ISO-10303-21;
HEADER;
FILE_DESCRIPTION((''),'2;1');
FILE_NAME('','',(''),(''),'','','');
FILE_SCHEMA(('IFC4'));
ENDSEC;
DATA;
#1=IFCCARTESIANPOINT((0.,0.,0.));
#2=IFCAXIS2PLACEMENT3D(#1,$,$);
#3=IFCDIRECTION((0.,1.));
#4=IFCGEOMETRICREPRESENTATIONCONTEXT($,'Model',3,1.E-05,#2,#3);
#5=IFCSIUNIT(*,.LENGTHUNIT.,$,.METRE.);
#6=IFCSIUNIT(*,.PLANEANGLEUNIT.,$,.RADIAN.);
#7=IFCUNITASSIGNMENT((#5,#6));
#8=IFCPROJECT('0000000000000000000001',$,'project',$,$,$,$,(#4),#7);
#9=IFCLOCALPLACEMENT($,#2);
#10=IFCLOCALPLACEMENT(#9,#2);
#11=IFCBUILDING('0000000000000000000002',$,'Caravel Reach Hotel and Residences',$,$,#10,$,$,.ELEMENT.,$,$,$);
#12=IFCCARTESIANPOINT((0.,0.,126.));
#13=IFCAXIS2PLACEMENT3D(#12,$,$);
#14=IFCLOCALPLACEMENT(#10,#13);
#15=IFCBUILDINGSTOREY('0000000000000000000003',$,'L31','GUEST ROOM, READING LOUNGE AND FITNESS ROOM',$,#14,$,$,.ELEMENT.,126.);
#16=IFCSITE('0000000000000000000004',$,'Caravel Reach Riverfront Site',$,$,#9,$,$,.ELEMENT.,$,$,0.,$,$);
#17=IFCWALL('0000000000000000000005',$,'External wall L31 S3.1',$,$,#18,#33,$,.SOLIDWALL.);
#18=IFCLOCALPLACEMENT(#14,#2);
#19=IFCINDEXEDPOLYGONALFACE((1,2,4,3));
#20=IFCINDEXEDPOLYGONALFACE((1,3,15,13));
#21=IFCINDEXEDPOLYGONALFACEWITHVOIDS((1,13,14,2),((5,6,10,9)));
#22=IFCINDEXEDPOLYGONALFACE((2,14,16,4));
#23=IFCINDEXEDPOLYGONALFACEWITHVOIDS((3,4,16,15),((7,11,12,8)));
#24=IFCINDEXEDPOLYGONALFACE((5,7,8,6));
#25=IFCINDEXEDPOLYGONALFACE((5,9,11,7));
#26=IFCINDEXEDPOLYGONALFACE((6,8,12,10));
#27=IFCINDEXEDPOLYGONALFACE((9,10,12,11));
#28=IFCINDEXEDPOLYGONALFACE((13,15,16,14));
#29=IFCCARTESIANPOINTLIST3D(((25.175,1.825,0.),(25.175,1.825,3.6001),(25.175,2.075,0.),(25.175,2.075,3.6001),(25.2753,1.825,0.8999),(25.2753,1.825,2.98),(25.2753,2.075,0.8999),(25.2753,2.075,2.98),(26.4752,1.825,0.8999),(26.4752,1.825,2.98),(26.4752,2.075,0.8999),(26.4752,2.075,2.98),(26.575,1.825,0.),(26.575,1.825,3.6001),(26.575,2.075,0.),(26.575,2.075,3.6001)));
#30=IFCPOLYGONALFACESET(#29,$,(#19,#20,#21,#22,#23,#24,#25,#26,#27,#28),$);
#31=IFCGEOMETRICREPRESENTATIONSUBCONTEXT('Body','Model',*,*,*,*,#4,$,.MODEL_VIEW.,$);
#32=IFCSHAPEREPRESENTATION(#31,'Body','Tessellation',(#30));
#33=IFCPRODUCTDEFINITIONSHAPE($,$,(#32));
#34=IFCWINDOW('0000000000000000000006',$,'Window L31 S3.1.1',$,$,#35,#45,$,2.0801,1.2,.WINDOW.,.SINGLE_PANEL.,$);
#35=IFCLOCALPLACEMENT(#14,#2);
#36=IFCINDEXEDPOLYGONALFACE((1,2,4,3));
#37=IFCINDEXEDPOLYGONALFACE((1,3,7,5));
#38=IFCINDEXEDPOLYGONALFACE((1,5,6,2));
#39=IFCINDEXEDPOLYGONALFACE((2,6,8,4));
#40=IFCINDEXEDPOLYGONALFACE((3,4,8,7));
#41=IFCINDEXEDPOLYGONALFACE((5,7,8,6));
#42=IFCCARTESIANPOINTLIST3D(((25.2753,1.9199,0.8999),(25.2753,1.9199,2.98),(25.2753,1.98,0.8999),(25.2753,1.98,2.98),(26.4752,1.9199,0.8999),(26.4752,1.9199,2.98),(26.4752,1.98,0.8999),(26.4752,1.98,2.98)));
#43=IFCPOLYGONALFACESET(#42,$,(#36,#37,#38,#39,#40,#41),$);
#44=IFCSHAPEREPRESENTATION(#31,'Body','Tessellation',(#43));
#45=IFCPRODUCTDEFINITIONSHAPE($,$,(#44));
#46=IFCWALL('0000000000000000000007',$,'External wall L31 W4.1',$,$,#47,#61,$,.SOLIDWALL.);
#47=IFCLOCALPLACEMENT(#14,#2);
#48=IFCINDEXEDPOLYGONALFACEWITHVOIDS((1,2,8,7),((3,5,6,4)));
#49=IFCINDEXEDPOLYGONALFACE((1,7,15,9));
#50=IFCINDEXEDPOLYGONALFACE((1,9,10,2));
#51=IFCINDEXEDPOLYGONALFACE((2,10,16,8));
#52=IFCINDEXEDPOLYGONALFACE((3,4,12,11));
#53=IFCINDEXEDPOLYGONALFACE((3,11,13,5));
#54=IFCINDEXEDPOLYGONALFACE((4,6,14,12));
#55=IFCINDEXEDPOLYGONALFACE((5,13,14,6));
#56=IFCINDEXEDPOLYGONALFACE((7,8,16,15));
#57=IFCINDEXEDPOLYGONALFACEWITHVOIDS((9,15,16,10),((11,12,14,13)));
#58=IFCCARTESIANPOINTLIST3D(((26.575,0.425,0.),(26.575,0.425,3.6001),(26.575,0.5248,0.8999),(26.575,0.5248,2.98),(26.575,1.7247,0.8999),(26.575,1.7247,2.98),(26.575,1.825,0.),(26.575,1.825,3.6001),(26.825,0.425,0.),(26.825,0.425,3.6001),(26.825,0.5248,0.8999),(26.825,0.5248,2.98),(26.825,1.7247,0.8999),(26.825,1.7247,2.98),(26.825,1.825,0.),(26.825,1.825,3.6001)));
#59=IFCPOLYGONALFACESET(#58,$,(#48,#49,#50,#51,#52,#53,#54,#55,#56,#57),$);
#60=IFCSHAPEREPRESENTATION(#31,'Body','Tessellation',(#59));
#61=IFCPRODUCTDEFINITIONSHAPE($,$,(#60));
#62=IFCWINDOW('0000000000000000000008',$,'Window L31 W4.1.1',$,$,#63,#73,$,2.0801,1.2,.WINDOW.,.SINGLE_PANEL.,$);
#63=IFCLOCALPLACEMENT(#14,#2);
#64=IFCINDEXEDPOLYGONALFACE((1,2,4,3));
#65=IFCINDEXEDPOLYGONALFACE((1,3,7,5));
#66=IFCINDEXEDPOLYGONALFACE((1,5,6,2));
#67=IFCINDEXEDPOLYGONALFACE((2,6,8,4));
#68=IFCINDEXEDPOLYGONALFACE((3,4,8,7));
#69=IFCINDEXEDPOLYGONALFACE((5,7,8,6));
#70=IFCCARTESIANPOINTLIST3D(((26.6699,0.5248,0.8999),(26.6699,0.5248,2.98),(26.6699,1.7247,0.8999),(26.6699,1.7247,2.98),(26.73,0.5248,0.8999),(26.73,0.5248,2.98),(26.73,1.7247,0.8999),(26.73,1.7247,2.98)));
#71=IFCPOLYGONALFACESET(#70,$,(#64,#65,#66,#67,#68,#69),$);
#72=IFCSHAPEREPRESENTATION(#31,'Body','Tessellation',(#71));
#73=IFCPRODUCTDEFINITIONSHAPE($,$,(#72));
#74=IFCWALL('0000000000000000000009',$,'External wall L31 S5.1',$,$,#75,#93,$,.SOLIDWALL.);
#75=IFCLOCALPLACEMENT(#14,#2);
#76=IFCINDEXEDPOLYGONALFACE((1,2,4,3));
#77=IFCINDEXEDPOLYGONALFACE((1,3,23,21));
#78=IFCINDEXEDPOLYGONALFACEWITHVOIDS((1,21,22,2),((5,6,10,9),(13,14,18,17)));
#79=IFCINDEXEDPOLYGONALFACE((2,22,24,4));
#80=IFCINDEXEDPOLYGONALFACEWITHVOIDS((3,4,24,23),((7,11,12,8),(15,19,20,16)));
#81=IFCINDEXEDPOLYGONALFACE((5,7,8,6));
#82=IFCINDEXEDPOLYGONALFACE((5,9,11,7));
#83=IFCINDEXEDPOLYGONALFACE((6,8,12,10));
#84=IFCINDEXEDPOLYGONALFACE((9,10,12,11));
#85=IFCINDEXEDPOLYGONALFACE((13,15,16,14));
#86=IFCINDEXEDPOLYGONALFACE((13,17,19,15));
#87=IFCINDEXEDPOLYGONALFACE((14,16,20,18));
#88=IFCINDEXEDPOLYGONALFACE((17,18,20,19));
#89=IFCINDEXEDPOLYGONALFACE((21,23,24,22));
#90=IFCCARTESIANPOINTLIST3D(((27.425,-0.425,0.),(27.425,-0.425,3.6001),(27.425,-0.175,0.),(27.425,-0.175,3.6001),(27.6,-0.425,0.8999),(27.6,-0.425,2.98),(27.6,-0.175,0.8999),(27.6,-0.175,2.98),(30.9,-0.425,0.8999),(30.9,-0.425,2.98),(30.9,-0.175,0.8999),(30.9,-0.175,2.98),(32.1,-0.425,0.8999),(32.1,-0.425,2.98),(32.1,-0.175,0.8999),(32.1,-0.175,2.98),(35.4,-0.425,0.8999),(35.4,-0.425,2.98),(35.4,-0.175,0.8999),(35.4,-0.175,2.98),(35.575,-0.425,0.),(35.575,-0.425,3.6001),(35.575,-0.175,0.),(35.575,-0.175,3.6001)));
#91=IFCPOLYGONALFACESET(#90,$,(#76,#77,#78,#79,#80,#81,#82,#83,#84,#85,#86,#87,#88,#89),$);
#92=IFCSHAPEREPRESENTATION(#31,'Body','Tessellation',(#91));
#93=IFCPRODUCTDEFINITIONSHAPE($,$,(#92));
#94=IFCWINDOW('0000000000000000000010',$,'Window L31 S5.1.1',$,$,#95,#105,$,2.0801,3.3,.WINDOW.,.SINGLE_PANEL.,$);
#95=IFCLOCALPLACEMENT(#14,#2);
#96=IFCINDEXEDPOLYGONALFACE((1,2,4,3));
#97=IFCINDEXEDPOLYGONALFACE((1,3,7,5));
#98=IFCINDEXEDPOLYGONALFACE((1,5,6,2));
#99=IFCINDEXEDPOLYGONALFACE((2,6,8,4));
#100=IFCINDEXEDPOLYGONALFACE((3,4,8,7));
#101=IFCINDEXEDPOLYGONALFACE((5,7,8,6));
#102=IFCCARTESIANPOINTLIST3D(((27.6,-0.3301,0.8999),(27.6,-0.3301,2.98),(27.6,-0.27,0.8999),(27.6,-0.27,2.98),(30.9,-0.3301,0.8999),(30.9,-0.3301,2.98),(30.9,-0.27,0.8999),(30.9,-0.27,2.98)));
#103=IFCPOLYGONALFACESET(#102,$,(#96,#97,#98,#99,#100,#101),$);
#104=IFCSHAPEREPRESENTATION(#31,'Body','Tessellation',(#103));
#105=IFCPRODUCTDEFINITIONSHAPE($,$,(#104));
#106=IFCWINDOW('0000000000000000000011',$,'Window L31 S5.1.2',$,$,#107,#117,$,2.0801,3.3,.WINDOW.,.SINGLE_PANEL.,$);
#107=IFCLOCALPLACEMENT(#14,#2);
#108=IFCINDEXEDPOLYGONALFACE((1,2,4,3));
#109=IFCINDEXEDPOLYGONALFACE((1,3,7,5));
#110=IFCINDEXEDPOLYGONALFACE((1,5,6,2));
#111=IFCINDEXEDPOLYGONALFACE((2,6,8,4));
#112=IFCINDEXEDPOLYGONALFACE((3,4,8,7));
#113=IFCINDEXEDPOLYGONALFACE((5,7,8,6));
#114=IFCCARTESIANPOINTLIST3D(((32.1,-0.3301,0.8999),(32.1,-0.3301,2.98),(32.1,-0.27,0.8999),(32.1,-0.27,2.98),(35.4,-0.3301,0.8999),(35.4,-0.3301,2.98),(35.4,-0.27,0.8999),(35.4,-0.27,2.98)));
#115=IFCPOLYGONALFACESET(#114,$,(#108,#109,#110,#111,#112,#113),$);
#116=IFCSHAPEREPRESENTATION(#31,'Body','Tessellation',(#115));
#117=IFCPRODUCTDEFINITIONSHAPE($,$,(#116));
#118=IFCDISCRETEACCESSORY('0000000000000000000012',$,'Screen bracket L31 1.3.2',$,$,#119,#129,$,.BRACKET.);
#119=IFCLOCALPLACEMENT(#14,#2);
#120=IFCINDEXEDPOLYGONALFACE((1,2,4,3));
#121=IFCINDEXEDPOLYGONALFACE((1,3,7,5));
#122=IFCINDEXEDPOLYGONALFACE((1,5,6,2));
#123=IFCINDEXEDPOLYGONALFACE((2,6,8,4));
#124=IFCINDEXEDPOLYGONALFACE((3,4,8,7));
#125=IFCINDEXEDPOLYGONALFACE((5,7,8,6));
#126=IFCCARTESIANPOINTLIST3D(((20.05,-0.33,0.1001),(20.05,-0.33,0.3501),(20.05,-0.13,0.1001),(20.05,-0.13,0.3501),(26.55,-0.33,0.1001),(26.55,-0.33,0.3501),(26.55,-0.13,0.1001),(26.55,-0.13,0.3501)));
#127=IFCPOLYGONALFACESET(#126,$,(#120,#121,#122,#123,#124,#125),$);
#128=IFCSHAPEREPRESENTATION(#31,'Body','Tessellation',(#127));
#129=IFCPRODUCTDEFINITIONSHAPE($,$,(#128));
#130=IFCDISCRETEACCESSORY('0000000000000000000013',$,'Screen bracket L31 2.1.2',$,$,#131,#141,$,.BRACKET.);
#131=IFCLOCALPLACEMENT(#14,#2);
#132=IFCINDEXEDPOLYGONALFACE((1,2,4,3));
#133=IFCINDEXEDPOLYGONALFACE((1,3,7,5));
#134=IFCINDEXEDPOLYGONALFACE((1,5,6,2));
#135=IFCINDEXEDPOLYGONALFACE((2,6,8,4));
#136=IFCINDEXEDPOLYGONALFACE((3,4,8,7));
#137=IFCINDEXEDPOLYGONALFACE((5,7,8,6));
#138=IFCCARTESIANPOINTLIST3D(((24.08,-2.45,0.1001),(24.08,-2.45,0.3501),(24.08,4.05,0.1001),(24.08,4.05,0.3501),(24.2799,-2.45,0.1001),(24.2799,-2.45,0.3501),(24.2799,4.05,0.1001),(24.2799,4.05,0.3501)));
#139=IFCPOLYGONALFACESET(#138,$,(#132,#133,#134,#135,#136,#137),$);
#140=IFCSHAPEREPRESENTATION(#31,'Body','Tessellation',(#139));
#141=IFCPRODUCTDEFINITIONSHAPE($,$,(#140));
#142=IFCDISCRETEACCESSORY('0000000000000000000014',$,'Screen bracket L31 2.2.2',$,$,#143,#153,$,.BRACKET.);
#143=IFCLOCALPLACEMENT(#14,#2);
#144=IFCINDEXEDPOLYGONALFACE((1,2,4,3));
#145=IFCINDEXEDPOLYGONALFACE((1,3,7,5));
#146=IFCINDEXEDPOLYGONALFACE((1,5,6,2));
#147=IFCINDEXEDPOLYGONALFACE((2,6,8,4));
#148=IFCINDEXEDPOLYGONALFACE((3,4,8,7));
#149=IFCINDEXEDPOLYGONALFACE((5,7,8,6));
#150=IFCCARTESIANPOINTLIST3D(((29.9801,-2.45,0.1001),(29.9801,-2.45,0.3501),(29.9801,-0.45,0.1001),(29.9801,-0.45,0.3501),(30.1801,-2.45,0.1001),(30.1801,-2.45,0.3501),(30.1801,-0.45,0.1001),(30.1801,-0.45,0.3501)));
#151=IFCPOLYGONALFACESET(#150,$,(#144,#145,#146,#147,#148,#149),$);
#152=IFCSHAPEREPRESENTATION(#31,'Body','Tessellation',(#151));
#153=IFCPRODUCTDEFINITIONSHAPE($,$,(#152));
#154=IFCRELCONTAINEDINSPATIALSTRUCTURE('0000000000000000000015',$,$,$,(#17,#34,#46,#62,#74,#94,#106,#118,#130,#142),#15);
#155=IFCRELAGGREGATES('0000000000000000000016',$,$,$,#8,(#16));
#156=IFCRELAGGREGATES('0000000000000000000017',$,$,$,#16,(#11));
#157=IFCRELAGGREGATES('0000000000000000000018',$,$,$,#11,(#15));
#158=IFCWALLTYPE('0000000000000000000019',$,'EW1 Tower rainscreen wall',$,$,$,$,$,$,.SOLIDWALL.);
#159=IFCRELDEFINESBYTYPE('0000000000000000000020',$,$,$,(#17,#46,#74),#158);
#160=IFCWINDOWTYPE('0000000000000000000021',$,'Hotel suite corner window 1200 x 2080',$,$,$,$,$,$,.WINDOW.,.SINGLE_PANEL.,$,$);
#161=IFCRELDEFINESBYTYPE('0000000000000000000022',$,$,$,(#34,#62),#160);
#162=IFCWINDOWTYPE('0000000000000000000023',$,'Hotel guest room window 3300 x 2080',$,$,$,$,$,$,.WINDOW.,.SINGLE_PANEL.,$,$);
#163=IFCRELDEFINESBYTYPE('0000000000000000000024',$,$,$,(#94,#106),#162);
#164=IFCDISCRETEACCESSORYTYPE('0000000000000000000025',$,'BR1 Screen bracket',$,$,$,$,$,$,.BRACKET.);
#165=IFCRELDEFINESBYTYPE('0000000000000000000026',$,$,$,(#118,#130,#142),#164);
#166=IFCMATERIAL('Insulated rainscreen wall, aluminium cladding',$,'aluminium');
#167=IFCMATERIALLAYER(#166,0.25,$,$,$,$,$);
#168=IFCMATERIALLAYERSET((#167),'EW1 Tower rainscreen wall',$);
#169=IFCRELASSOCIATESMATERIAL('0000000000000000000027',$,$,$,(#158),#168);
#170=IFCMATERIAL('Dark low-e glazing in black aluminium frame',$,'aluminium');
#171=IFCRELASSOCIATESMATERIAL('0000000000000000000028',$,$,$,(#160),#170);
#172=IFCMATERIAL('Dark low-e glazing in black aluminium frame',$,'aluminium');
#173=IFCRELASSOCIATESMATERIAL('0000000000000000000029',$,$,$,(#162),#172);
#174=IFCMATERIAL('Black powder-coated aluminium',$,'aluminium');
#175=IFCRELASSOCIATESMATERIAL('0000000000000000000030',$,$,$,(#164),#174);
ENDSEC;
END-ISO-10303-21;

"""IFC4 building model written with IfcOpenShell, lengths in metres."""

from ifc_helpers import new_model, si_unit, direction, frame, frame_2d, origin, origin_2d, place, context, subcontext, project, spatial, rectangle, extrude, material, layer, layer_set, type_object, element, fill, save


model = new_model("IFC4")

# Units and contexts
model_context = context("Model", 3, precision=1e-05, world=origin(), true_north=direction((0.0, 1.0)))
body_context = subcontext(model_context, "Body", "Model", "MODEL_VIEW")
ifc_project = project(units=[si_unit("LENGTHUNIT", "METRE"), si_unit("PLANEANGLEUNIT", "RADIAN")], contexts=[model_context])

# Site, building, storey
site_placement = place(None, origin())
site = spatial("IfcSite", under=ifc_project, at=site_placement, Name="Caravel Reach Riverfront Site", CompositionType="ELEMENT", RefElevation=0.0)
building_placement = place(site_placement, origin())
building = spatial("IfcBuilding", under=site, at=building_placement, Name="Caravel Reach Hotel and Residences", CompositionType="ELEMENT")
storey_placement = place(building_placement, frame((0.0, 0.0, 126.0)))
storey = spatial("IfcBuildingStorey", under=building, at=storey_placement, Name="L31", Description="GUEST ROOM, READING LOUNGE AND FITNESS ROOM", CompositionType="ELEMENT", Elevation=126.0)

# Walls, openings, windows
ifc_material_1 = material(Name="Insulated rainscreen wall, aluminium cladding", Category="aluminium")
ifc_layer = layer(ifc_material_1, 0.25)
ifc_layer_set = layer_set([ifc_layer], Name="EW1 Tower rainscreen wall")
wall_type = type_object("IfcWallType", Name="EW1 Tower rainscreen wall", PredefinedType="SOLIDWALL", material=ifc_layer_set)
wall_1_placement = place(storey_placement, frame((25.175, 1.95, 0.0), z_axis=(0.0, 0.0, 1.0), x_axis=(1.0, 0.0, 0.0)))
wall_1 = element("IfcWall", 1, at=wall_1_placement, inside=storey, type_object=wall_type, Name="External wall L31 S3.1", PredefinedType="SOLIDWALL", context=body_context, shape_type="SweptSolid", body=[
    extrude(rectangle(XDim=1.3999, YDim=0.25, at=frame_2d((0.7, 0.0))), origin(), (0.0, 0.0, 1.0), 3.6001),
])
opening_1_placement = place(wall_1_placement, frame((0.1001, 0.0, 0.8999)))
opening_1 = element("IfcOpeningElement", 2, at=opening_1_placement, cuts=wall_1, PredefinedType="OPENING", context=body_context, shape_type="SweptSolid", body=[
    extrude(rectangle(XDim=1.2, YDim=2.0801, at=frame_2d((0.6001, 1.04))), frame((0.0, 0.135, 0.0), z_axis=(0.0, -1.0, 0.0), x_axis=(1.0, 0.0, 0.0)), (0.0, 0.0, 1.0), 0.27),
])
ifc_material_2 = material(Name="Dark low-e glazing in black aluminium frame", Category="aluminium")
window_type_1 = type_object("IfcWindowType", Name="Hotel suite corner window 1200 x 2080", PartitioningType="SINGLE_PANEL", PredefinedType="WINDOW", material=ifc_material_2)
window_1_placement = place(opening_1_placement, origin())
window_1 = element("IfcWindow", 3, at=window_1_placement, inside=storey, type_object=window_type_1, Name="Window L31 S3.1.1", OverallHeight=2.0801, OverallWidth=1.2, PartitioningType="SINGLE_PANEL", PredefinedType="WINDOW", context=body_context, shape_type="SweptSolid", body=[
    extrude(rectangle(XDim=1.2, YDim=2.0801, at=frame_2d((0.6001, 1.04))), frame((0.0, 0.03, 0.0), z_axis=(0.0, -1.0, 0.0), x_axis=(1.0, 0.0, 0.0)), (0.0, 0.0, 1.0), 0.0601),
])
fill(opening_1, window_1)
wall_2_placement = place(storey_placement, frame((26.7, 1.825, 0.0), z_axis=(0.0, 0.0, 1.0), x_axis=(0.0, -1.0, 0.0)))
wall_2 = element("IfcWall", 4, at=wall_2_placement, inside=storey, type_object=wall_type, Name="External wall L31 W4.1", PredefinedType="SOLIDWALL", context=body_context, shape_type="SweptSolid", body=[
    extrude(rectangle(XDim=1.3999, YDim=0.25, at=frame_2d((0.7, 0.0))), origin(), (0.0, 0.0, 1.0), 3.6001),
])
opening_2_placement = place(wall_2_placement, frame((0.1001, 0.0, 0.8999)))
opening_2 = element("IfcOpeningElement", 5, at=opening_2_placement, cuts=wall_2, PredefinedType="OPENING", context=body_context, shape_type="SweptSolid", body=[
    extrude(rectangle(XDim=1.2, YDim=2.0801, at=frame_2d((0.6001, 1.04))), frame((0.0, 0.135, 0.0), z_axis=(0.0, -1.0, 0.0), x_axis=(1.0, 0.0, 0.0)), (0.0, 0.0, 1.0), 0.27),
])
window_2_placement = place(opening_2_placement, origin())
window_2 = element("IfcWindow", 6, at=window_2_placement, inside=storey, type_object=window_type_1, Name="Window L31 W4.1.1", OverallHeight=2.0801, OverallWidth=1.2, PartitioningType="SINGLE_PANEL", PredefinedType="WINDOW", context=body_context, shape_type="SweptSolid", body=[
    extrude(rectangle(XDim=1.2, YDim=2.0801, at=frame_2d((0.6001, 1.04))), frame((0.0, 0.03, 0.0), z_axis=(0.0, -1.0, 0.0), x_axis=(1.0, 0.0, 0.0)), (0.0, 0.0, 1.0), 0.0601),
])
fill(opening_2, window_2)

# Wall, openings, windows
wall_3_placement = place(storey_placement, frame((27.425, -0.3, 0.0), z_axis=(0.0, 0.0, 1.0), x_axis=(1.0, 0.0, 0.0)))
wall_3 = element("IfcWall", 7, at=wall_3_placement, inside=storey, type_object=wall_type, Name="External wall L31 S5.1", PredefinedType="SOLIDWALL", context=body_context, shape_type="SweptSolid", body=[
    extrude(rectangle(XDim=8.1499, YDim=0.25, at=frame_2d((4.075, 0.0))), origin(), (0.0, 0.0, 1.0), 3.6001),
])
opening_3_placement = place(wall_3_placement, frame((0.175, 0.0, 0.8999)))
opening_3 = element("IfcOpeningElement", 8, at=opening_3_placement, cuts=wall_3, PredefinedType="OPENING", context=body_context, shape_type="SweptSolid", body=[
    extrude(rectangle(XDim=3.3, YDim=2.0801, at=frame_2d((1.6499, 1.04))), frame((0.0, 0.135, 0.0), z_axis=(0.0, -1.0, 0.0), x_axis=(1.0, 0.0, 0.0)), (0.0, 0.0, 1.0), 0.27),
])
opening_4_placement = place(wall_3_placement, frame((4.675, 0.0, 0.8999)))
opening_4 = element("IfcOpeningElement", 9, at=opening_4_placement, cuts=wall_3, PredefinedType="OPENING", context=body_context, shape_type="SweptSolid", body=[
    extrude(rectangle(XDim=3.3, YDim=2.0801, at=frame_2d((1.6499, 1.04))), frame((0.0, 0.135, 0.0), z_axis=(0.0, -1.0, 0.0), x_axis=(1.0, 0.0, 0.0)), (0.0, 0.0, 1.0), 0.27),
])
ifc_material_3 = material(Name="Dark low-e glazing in black aluminium frame", Category="aluminium")
window_type_2 = type_object("IfcWindowType", Name="Hotel guest room window 3300 x 2080", PartitioningType="SINGLE_PANEL", PredefinedType="WINDOW", material=ifc_material_3)
window_3_placement = place(opening_3_placement, origin())
window_3 = element("IfcWindow", 10, at=window_3_placement, inside=storey, type_object=window_type_2, Name="Window L31 S5.1.1", OverallHeight=2.0801, OverallWidth=3.3, PartitioningType="SINGLE_PANEL", PredefinedType="WINDOW", context=body_context, shape_type="SweptSolid", body=[
    extrude(rectangle(XDim=3.3, YDim=2.0801, at=frame_2d((1.6499, 1.04))), frame((0.0, 0.03, 0.0), z_axis=(0.0, -1.0, 0.0), x_axis=(1.0, 0.0, 0.0)), (0.0, 0.0, 1.0), 0.0601),
])
fill(opening_3, window_3)
window_4_placement = place(opening_4_placement, origin())
window_4 = element("IfcWindow", 11, at=window_4_placement, inside=storey, type_object=window_type_2, Name="Window L31 S5.1.2", OverallHeight=2.0801, OverallWidth=3.3, PartitioningType="SINGLE_PANEL", PredefinedType="WINDOW", context=body_context, shape_type="SweptSolid", body=[
    extrude(rectangle(XDim=3.3, YDim=2.0801, at=frame_2d((1.6499, 1.04))), frame((0.0, 0.03, 0.0), z_axis=(0.0, -1.0, 0.0), x_axis=(1.0, 0.0, 0.0)), (0.0, 0.0, 1.0), 0.0601),
])
fill(opening_4, window_4)

# Discrete accessories
ifc_material_4 = material(Name="Black powder-coated aluminium", Category="aluminium")
discrete_accessory_type = type_object("IfcDiscreteAccessoryType", Name="BR1 Screen bracket", PredefinedType="BRACKET", material=ifc_material_4)
for number, where, z_axis, x_axis, name in (
    (12, (23.3, -0.23, 0.1001), (0.0, 0.0, 1.0), (-1.0, 0.0, 0.0), "Screen bracket L31 1.3.2"),
    (13, (24.1799, 0.8, 0.1001), (0.0, 0.0, 1.0), (0.0, -1.0, 0.0), "Screen bracket L31 2.1.2"),
):
    element("IfcDiscreteAccessory", number, at=place(storey_placement, frame(where, z_axis=z_axis, x_axis=x_axis)), inside=storey, type_object=discrete_accessory_type, Name=name, PredefinedType="BRACKET", context=body_context, shape_type="SweptSolid", body=[
        extrude(rectangle(XDim=6.5, YDim=0.2, at=origin_2d()), origin(), (0.0, 0.0, 1.0), 0.25),
    ])
discrete_accessory_placement = place(storey_placement, frame((30.0801, -1.45, 0.1001), z_axis=(0.0, 0.0, 1.0), x_axis=(0.0, -1.0, 0.0)))
element("IfcDiscreteAccessory", 14, at=discrete_accessory_placement, inside=storey, type_object=discrete_accessory_type, Name="Screen bracket L31 2.2.2", PredefinedType="BRACKET", context=body_context, shape_type="SweptSolid", body=[
    extrude(rectangle(XDim=2.0, YDim=0.2, at=origin_2d()), origin(), (0.0, 0.0, 1.0), 0.25),
])

save(model, "model.ifc")
